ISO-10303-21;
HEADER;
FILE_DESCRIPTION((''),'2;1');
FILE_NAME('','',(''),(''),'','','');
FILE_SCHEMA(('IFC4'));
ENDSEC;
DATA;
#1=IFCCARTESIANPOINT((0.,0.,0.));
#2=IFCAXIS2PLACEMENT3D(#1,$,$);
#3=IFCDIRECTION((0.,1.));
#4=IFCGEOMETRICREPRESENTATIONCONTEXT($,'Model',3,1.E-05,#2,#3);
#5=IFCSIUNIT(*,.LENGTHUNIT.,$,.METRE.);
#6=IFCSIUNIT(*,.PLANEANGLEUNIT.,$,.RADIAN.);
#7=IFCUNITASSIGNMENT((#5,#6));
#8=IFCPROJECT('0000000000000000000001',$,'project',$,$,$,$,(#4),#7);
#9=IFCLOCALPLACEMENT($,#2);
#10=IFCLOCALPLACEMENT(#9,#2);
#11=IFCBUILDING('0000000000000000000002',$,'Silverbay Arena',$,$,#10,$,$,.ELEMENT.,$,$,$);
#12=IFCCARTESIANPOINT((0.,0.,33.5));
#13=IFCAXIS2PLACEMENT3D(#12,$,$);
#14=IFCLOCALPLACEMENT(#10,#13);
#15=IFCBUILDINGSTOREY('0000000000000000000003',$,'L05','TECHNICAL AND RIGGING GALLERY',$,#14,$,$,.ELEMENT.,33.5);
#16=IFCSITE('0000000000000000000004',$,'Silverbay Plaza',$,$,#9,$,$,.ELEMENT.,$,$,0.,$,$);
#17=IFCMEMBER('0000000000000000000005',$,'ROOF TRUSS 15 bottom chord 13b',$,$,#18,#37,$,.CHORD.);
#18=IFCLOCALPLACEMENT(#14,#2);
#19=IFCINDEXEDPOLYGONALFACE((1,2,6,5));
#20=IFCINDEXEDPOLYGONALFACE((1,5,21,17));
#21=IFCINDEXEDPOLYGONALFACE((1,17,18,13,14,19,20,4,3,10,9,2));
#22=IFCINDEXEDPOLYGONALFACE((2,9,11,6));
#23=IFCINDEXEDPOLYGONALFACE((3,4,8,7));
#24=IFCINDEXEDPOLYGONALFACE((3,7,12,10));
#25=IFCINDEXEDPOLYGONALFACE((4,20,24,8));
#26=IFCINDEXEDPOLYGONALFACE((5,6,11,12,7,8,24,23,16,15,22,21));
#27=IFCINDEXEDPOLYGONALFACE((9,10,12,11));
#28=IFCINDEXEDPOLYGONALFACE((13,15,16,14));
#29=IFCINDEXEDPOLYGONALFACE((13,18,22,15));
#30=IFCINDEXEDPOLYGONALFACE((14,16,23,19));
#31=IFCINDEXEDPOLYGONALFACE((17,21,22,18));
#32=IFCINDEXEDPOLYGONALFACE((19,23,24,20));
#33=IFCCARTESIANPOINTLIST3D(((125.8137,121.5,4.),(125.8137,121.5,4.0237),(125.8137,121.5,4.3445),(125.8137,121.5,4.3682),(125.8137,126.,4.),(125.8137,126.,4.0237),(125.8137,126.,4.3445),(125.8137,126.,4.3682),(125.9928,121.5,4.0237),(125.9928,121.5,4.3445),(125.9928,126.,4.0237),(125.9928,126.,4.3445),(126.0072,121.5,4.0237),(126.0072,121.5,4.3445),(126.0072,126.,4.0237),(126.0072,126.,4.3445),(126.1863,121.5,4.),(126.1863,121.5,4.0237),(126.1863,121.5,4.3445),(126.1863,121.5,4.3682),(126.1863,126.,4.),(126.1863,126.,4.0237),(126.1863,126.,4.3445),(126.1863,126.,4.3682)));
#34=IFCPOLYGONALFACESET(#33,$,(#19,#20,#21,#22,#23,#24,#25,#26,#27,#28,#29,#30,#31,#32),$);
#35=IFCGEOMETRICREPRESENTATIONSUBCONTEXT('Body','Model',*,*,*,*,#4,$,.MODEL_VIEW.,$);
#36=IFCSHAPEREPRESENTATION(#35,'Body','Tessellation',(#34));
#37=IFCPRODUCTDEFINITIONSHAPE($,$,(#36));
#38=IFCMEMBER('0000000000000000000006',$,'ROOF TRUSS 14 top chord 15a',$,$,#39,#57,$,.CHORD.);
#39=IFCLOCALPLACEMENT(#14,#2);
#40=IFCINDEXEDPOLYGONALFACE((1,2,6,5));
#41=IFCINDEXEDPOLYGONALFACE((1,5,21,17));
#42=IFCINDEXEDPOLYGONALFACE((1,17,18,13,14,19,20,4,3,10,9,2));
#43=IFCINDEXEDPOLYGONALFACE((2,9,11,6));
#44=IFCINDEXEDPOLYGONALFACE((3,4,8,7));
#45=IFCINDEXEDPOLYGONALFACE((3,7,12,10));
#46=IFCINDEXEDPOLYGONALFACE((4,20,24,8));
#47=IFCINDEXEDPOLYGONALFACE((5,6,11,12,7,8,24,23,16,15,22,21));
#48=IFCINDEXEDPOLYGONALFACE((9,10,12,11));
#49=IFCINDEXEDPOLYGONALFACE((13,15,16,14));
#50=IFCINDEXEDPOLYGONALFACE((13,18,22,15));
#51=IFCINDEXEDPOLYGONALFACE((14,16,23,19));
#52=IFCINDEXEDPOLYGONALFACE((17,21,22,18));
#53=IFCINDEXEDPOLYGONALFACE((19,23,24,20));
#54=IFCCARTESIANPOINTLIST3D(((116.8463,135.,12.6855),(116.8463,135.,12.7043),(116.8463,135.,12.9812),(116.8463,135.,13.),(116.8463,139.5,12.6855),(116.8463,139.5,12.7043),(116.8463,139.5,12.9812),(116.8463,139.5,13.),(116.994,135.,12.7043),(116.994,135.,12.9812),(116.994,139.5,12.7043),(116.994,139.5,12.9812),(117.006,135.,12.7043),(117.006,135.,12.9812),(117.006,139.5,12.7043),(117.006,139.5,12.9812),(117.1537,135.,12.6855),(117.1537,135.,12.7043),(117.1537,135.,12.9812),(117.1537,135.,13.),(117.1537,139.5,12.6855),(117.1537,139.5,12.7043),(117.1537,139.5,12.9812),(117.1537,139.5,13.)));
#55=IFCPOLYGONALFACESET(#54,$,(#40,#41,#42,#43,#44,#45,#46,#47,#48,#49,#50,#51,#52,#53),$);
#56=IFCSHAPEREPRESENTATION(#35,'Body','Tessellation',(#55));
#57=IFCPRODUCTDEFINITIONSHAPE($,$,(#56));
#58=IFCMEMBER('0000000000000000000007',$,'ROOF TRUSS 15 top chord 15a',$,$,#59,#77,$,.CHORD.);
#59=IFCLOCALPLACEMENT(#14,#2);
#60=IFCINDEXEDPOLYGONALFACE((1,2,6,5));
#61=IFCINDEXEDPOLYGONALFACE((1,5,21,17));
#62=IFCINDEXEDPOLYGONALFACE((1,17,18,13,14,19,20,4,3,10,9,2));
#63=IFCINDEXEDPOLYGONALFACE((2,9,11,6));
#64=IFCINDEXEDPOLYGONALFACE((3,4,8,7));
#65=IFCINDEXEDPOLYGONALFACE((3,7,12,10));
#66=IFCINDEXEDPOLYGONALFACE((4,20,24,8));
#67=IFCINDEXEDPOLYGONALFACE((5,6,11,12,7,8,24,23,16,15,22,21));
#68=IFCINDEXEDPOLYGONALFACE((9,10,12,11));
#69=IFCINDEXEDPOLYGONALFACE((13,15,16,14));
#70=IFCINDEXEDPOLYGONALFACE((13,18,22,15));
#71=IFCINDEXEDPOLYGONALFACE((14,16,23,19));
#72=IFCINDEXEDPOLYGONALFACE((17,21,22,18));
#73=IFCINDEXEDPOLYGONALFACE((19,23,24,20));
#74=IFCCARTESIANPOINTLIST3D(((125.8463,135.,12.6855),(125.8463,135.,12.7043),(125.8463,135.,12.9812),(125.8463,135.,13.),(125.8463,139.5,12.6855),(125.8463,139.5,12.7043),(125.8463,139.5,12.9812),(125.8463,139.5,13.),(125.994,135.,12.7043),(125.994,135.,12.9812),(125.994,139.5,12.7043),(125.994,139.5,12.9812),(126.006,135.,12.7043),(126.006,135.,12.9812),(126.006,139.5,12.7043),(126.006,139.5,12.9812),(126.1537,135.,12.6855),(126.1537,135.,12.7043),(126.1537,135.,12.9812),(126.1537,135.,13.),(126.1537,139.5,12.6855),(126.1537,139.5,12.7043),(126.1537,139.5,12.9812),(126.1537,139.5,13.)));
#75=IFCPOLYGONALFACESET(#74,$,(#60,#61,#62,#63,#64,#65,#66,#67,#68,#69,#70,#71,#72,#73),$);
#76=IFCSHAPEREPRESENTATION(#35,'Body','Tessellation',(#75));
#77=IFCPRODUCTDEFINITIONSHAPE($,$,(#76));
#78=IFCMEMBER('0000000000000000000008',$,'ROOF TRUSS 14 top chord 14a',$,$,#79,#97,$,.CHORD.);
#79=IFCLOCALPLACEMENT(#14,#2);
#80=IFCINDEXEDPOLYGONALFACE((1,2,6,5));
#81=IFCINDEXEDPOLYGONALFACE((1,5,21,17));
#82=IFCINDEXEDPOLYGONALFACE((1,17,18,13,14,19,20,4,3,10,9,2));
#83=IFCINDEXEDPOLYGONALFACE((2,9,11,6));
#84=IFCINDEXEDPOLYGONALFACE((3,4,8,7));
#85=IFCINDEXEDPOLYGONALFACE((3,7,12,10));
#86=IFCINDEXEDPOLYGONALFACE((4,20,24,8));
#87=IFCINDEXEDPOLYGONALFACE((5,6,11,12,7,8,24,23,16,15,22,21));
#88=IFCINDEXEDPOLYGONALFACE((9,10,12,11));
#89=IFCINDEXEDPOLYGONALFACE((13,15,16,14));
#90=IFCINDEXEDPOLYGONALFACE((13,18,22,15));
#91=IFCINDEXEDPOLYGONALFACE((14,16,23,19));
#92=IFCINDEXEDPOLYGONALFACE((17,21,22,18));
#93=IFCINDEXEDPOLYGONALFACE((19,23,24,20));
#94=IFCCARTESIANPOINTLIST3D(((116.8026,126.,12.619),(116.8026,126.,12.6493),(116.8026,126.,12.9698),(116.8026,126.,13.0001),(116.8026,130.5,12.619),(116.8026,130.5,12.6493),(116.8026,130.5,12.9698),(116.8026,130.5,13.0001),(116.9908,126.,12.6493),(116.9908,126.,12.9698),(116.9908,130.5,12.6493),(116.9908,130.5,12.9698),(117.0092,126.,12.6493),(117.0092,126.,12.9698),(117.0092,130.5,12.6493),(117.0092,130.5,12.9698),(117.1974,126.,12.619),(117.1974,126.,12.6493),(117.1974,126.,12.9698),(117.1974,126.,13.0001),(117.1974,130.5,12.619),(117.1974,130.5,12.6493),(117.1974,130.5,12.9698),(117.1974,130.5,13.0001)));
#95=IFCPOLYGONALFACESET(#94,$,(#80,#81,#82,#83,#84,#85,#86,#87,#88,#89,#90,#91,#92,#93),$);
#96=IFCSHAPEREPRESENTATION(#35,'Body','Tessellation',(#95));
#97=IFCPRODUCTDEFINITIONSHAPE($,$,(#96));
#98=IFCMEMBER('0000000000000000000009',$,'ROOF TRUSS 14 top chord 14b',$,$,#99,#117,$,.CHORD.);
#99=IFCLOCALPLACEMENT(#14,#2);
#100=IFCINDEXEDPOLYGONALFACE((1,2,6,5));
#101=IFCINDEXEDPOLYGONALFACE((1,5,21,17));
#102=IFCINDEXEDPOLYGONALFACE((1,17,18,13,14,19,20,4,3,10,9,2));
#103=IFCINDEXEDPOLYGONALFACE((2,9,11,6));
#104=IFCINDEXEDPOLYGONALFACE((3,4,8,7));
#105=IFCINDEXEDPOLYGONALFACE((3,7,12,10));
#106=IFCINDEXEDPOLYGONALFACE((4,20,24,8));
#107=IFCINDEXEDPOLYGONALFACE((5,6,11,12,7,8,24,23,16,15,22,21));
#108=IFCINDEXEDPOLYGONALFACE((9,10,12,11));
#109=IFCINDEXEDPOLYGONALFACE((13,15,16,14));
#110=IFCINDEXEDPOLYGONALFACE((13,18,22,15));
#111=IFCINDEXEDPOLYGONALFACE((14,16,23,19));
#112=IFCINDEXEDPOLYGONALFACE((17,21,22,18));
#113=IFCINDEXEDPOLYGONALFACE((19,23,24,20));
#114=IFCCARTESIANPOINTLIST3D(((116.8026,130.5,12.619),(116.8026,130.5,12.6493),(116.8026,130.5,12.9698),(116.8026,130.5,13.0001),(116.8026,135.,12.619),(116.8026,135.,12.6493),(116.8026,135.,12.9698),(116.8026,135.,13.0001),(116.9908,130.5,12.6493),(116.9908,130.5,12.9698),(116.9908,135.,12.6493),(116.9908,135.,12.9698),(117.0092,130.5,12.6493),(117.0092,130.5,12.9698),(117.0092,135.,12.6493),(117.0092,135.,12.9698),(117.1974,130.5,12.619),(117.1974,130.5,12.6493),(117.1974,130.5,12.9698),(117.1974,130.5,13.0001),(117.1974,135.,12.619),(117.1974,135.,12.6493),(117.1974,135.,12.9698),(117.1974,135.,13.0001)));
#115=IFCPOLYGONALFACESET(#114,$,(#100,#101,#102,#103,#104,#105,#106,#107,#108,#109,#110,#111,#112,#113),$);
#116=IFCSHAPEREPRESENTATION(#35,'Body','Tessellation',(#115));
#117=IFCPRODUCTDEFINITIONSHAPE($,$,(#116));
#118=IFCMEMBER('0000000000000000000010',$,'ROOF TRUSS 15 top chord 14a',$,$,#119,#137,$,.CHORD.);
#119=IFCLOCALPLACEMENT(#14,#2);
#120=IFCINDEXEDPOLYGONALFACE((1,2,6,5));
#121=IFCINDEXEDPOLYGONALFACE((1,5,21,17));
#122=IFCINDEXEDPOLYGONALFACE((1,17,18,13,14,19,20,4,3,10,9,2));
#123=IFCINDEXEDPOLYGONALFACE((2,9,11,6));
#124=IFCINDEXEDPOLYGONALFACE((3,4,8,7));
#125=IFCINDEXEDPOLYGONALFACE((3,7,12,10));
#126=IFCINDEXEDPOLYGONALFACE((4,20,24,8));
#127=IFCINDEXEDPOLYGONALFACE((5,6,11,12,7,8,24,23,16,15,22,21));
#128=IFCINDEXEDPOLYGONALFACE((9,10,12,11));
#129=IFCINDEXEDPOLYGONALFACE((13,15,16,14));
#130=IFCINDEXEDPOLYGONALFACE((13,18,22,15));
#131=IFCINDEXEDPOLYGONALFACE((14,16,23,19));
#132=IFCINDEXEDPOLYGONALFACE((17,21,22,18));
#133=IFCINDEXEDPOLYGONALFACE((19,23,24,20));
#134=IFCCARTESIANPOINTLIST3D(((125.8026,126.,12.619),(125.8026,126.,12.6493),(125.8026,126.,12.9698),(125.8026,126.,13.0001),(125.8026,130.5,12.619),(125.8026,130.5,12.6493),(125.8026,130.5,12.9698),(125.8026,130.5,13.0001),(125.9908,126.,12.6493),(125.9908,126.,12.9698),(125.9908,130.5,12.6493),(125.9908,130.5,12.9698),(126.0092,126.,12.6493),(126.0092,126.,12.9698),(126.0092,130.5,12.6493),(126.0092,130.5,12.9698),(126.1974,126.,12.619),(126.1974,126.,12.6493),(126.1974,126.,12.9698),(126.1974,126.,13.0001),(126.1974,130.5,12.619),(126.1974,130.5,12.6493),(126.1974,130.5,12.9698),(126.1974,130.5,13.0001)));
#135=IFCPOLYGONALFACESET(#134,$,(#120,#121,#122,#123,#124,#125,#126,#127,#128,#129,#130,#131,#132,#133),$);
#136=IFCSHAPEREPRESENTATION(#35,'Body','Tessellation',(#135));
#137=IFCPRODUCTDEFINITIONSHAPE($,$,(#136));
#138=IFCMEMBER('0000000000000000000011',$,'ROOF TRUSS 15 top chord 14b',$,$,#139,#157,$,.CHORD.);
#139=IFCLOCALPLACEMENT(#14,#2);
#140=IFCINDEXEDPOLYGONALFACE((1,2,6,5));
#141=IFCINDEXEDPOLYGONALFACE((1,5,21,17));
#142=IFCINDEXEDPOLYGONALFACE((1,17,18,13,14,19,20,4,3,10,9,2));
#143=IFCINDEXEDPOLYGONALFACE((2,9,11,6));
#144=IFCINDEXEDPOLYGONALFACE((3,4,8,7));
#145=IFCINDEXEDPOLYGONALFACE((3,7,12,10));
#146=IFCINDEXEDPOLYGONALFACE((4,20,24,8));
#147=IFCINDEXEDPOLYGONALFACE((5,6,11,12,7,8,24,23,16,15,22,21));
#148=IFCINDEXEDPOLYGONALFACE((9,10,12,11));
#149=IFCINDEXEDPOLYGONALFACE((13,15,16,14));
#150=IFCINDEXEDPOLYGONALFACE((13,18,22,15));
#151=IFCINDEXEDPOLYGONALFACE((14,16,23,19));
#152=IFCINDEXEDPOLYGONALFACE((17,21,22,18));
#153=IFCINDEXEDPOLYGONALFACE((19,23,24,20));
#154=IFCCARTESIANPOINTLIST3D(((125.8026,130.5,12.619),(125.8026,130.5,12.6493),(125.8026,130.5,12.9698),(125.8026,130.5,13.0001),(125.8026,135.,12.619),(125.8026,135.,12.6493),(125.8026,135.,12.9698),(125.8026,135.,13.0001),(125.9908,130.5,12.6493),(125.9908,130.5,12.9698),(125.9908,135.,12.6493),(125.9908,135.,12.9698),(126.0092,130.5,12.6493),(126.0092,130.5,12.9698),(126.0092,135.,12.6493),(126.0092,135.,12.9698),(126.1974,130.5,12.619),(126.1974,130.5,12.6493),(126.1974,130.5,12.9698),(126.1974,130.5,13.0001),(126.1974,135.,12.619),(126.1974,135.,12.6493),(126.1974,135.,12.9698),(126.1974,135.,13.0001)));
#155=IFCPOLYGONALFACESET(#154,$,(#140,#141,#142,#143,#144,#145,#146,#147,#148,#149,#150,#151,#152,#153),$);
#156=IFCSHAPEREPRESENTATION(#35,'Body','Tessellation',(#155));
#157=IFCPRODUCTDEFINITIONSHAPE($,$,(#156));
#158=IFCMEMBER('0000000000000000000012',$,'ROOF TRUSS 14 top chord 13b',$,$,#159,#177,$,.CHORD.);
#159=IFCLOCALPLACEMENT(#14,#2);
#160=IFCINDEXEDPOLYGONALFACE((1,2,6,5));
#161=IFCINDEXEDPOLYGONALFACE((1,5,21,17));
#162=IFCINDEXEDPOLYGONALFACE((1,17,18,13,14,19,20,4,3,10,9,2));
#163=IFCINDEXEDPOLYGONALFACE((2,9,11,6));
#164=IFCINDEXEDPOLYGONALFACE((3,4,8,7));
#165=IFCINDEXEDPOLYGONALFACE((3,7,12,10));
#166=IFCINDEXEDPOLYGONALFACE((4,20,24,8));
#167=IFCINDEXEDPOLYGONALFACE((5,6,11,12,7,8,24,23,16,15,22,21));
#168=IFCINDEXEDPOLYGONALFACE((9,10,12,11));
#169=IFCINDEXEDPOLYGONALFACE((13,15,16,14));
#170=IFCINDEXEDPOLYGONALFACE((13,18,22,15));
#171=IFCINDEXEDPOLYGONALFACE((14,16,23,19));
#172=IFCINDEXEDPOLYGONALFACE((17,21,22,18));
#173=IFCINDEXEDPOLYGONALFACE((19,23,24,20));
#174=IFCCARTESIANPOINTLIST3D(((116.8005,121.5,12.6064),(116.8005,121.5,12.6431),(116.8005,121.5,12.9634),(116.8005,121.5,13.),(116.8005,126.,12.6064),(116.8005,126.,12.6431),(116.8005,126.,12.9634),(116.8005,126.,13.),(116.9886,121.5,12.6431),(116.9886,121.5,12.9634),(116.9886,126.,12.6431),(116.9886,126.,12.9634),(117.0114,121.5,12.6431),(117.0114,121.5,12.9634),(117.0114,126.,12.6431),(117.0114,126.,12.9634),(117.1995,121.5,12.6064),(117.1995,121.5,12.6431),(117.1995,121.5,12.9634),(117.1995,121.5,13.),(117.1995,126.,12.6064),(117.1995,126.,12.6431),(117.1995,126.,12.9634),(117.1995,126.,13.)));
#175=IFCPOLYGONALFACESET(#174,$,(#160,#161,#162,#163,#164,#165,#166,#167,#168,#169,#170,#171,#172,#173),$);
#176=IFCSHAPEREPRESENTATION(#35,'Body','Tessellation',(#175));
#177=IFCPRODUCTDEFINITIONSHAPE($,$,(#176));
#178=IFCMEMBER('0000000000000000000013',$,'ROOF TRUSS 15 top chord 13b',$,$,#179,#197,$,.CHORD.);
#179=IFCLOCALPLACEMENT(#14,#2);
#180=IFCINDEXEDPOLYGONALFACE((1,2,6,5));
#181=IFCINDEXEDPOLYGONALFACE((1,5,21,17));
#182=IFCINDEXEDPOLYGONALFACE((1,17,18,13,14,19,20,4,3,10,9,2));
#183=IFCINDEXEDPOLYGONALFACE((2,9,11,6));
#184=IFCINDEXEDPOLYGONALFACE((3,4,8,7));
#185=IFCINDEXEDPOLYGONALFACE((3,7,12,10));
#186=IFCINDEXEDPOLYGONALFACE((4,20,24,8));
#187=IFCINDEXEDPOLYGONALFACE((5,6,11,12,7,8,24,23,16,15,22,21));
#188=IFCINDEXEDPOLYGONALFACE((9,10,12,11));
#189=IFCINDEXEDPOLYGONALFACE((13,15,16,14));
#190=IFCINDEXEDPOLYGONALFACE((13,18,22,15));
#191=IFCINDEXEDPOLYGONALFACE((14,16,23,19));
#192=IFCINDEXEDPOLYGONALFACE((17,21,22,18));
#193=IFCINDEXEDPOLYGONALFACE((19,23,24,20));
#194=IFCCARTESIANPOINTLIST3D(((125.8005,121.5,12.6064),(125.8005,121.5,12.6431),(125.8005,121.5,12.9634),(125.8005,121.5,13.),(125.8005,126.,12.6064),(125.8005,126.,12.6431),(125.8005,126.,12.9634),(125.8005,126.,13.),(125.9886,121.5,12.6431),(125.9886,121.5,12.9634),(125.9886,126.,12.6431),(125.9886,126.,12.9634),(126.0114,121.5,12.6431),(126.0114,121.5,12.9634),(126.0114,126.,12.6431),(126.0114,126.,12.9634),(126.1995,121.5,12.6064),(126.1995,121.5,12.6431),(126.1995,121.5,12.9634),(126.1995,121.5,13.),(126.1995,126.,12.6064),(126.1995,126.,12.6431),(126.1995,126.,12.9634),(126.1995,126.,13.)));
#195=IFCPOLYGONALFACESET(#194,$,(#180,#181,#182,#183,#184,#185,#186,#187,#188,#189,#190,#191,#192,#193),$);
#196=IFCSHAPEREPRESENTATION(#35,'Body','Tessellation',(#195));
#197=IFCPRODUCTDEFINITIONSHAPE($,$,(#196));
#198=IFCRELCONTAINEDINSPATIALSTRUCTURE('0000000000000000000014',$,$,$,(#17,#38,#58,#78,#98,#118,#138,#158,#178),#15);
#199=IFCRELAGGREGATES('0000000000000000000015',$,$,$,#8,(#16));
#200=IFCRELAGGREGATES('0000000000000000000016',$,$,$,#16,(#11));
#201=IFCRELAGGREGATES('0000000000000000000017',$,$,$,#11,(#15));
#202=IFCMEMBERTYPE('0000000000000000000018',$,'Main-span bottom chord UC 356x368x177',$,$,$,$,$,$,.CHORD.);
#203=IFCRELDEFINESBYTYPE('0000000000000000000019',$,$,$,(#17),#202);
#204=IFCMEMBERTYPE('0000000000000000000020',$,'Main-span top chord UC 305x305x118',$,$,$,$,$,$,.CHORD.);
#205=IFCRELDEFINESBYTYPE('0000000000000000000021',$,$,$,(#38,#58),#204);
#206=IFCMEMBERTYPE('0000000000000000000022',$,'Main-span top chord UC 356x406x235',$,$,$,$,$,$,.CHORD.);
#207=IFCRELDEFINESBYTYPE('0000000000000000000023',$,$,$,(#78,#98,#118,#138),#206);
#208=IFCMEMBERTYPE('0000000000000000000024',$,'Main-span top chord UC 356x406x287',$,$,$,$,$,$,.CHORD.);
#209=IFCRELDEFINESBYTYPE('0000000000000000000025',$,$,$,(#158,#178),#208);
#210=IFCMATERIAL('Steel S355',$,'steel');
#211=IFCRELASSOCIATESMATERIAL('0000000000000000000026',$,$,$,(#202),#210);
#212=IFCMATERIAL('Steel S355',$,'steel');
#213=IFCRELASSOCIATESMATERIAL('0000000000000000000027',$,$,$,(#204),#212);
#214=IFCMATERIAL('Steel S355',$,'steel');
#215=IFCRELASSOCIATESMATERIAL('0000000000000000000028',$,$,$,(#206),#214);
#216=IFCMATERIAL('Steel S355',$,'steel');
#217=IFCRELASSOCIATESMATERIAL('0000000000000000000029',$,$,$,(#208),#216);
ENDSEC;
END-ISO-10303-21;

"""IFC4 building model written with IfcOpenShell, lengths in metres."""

from ifc_helpers import new_model, si_unit, direction, frame, origin, origin_2d, place, context, subcontext, project, spatial, i_section, extrude, material, material_profile, profile_set, type_object, element, save


model = new_model("IFC4")

# Units and contexts
model_context = context("Model", 3, precision=1e-05, world=origin(), true_north=direction((0.0, 1.0)))
body_context = subcontext(model_context, "Body", "Model", "MODEL_VIEW")
ifc_project = project(units=[si_unit("LENGTHUNIT", "METRE"), si_unit("PLANEANGLEUNIT", "RADIAN")], contexts=[model_context])

# Site, building, storey
site_placement = place(None, origin())
site = spatial("IfcSite", under=ifc_project, at=site_placement, Name="Silverbay Plaza", CompositionType="ELEMENT", RefElevation=0.0)
building_placement = place(site_placement, origin())
building = spatial("IfcBuilding", under=site, at=building_placement, Name="Silverbay Arena", CompositionType="ELEMENT")
storey_placement = place(building_placement, frame((0.0, 0.0, 33.5)))
storey = spatial("IfcBuildingStorey", under=building, at=storey_placement, Name="L05", Description="TECHNICAL AND RIGGING GALLERY", CompositionType="ELEMENT", Elevation=33.5)

# Members
ifc_material_1 = material(Name="Steel S355", Category="steel")
ifc_material_profile_1 = material_profile(ifc_material_1, i_section(OverallWidth=0.3726, OverallDepth=0.3682, WebThickness=0.0144, FlangeThickness=0.0237, at=origin_2d()), Name="UC 356x368x177")
ifc_profile_set_1 = profile_set([ifc_material_profile_1], Name="Steel S355")
member_type_1 = type_object("IfcMemberType", Name="Main-span bottom chord UC 356x368x177", PredefinedType="CHORD", material=ifc_profile_set_1)
for number, where, z_axis, x_axis, name in (
    (1, (126.0, 121.5, 4.1841), (0.0, 1.0, 0.0), (-1.0, 0.0, 0.0), "ROOF TRUSS 15 bottom chord 13b"),
):
    element("IfcMember", number, at=place(storey_placement, frame(where, z_axis=z_axis, x_axis=x_axis)), inside=storey, type_object=member_type_1, Name=name, PredefinedType="CHORD", context=body_context, shape_type="SweptSolid", body=[
        extrude(i_section(OverallWidth=0.3726, OverallDepth=0.3682, WebThickness=0.0144, FlangeThickness=0.0237, at=origin_2d()), origin(), (0.0, 0.0, 1.0), 4.5),
    ])
ifc_material_2 = material(Name="Steel S355", Category="steel")
ifc_material_profile_2 = material_profile(ifc_material_2, i_section(OverallWidth=0.3074, OverallDepth=0.3145, WebThickness=0.012, FlangeThickness=0.0188, at=origin_2d()), Name="UC 305x305x118")
ifc_profile_set_2 = profile_set([ifc_material_profile_2], Name="Steel S355")
member_type_2 = type_object("IfcMemberType", Name="Main-span top chord UC 305x305x118", PredefinedType="CHORD", material=ifc_profile_set_2)
for number, where, z_axis, x_axis, name in (
    (2, (117.0, 135.0, 12.8428), (0.0, 1.0, 0.0), (-1.0, 0.0, 0.0), "ROOF TRUSS 14 top chord 15a"),
    (3, (126.0, 135.0, 12.8428), (0.0, 1.0, 0.0), (-1.0, 0.0, 0.0), "ROOF TRUSS 15 top chord 15a"),
):
    element("IfcMember", number, at=place(storey_placement, frame(where, z_axis=z_axis, x_axis=x_axis)), inside=storey, type_object=member_type_2, Name=name, PredefinedType="CHORD", context=body_context, shape_type="SweptSolid", body=[
        extrude(i_section(OverallWidth=0.3074, OverallDepth=0.3145, WebThickness=0.012, FlangeThickness=0.0188, at=origin_2d()), origin(), (0.0, 0.0, 1.0), 4.5),
    ])
ifc_material_3 = material(Name="Steel S355", Category="steel")
ifc_material_profile_3 = material_profile(ifc_material_3, i_section(OverallWidth=0.3948, OverallDepth=0.3811, WebThickness=0.0183, FlangeThickness=0.0303, at=origin_2d()), Name="UC 356x406x235")
ifc_profile_set_3 = profile_set([ifc_material_profile_3], Name="Steel S355")
member_type_3 = type_object("IfcMemberType", Name="Main-span top chord UC 356x406x235", PredefinedType="CHORD", material=ifc_profile_set_3)
for number, where, z_axis, x_axis, name in (
    (4, (117.0, 126.0, 12.8096), (0.0, 1.0, 0.0), (-1.0, 0.0, 0.0), "ROOF TRUSS 14 top chord 14a"),
    (5, (117.0, 130.5, 12.8096), (0.0, 1.0, 0.0), (-1.0, 0.0, 0.0), "ROOF TRUSS 14 top chord 14b"),
    (6, (126.0, 126.0, 12.8096), (0.0, 1.0, 0.0), (-1.0, 0.0, 0.0), "ROOF TRUSS 15 top chord 14a"),
    (7, (126.0, 130.5, 12.8096), (0.0, 1.0, 0.0), (-1.0, 0.0, 0.0), "ROOF TRUSS 15 top chord 14b"),
):
    element("IfcMember", number, at=place(storey_placement, frame(where, z_axis=z_axis, x_axis=x_axis)), inside=storey, type_object=member_type_3, Name=name, PredefinedType="CHORD", context=body_context, shape_type="SweptSolid", body=[
        extrude(i_section(OverallWidth=0.3948, OverallDepth=0.3811, WebThickness=0.0183, FlangeThickness=0.0303, at=origin_2d()), origin(), (0.0, 0.0, 1.0), 4.5),
    ])
ifc_material_4 = material(Name="Steel S355", Category="steel")
ifc_material_profile_4 = material_profile(ifc_material_4, i_section(OverallWidth=0.3989, OverallDepth=0.3936, WebThickness=0.0227, FlangeThickness=0.0366, at=origin_2d()), Name="UC 356x406x287")
ifc_profile_set_4 = profile_set([ifc_material_profile_4], Name="Steel S355")
member_type_4 = type_object("IfcMemberType", Name="Main-span top chord UC 356x406x287", PredefinedType="CHORD", material=ifc_profile_set_4)
for number, where, z_axis, x_axis, name in (
    (8, (117.0, 121.5, 12.8032), (0.0, 1.0, 0.0), (-1.0, 0.0, 0.0), "ROOF TRUSS 14 top chord 13b"),
    (9, (126.0, 121.5, 12.8032), (0.0, 1.0, 0.0), (-1.0, 0.0, 0.0), "ROOF TRUSS 15 top chord 13b"),
):
    element("IfcMember", number, at=place(storey_placement, frame(where, z_axis=z_axis, x_axis=x_axis)), inside=storey, type_object=member_type_4, Name=name, PredefinedType="CHORD", context=body_context, shape_type="SweptSolid", body=[
        extrude(i_section(OverallWidth=0.3989, OverallDepth=0.3936, WebThickness=0.0227, FlangeThickness=0.0366, at=origin_2d()), origin(), (0.0, 0.0, 1.0), 4.5),
    ])

save(model, "model.ifc")
